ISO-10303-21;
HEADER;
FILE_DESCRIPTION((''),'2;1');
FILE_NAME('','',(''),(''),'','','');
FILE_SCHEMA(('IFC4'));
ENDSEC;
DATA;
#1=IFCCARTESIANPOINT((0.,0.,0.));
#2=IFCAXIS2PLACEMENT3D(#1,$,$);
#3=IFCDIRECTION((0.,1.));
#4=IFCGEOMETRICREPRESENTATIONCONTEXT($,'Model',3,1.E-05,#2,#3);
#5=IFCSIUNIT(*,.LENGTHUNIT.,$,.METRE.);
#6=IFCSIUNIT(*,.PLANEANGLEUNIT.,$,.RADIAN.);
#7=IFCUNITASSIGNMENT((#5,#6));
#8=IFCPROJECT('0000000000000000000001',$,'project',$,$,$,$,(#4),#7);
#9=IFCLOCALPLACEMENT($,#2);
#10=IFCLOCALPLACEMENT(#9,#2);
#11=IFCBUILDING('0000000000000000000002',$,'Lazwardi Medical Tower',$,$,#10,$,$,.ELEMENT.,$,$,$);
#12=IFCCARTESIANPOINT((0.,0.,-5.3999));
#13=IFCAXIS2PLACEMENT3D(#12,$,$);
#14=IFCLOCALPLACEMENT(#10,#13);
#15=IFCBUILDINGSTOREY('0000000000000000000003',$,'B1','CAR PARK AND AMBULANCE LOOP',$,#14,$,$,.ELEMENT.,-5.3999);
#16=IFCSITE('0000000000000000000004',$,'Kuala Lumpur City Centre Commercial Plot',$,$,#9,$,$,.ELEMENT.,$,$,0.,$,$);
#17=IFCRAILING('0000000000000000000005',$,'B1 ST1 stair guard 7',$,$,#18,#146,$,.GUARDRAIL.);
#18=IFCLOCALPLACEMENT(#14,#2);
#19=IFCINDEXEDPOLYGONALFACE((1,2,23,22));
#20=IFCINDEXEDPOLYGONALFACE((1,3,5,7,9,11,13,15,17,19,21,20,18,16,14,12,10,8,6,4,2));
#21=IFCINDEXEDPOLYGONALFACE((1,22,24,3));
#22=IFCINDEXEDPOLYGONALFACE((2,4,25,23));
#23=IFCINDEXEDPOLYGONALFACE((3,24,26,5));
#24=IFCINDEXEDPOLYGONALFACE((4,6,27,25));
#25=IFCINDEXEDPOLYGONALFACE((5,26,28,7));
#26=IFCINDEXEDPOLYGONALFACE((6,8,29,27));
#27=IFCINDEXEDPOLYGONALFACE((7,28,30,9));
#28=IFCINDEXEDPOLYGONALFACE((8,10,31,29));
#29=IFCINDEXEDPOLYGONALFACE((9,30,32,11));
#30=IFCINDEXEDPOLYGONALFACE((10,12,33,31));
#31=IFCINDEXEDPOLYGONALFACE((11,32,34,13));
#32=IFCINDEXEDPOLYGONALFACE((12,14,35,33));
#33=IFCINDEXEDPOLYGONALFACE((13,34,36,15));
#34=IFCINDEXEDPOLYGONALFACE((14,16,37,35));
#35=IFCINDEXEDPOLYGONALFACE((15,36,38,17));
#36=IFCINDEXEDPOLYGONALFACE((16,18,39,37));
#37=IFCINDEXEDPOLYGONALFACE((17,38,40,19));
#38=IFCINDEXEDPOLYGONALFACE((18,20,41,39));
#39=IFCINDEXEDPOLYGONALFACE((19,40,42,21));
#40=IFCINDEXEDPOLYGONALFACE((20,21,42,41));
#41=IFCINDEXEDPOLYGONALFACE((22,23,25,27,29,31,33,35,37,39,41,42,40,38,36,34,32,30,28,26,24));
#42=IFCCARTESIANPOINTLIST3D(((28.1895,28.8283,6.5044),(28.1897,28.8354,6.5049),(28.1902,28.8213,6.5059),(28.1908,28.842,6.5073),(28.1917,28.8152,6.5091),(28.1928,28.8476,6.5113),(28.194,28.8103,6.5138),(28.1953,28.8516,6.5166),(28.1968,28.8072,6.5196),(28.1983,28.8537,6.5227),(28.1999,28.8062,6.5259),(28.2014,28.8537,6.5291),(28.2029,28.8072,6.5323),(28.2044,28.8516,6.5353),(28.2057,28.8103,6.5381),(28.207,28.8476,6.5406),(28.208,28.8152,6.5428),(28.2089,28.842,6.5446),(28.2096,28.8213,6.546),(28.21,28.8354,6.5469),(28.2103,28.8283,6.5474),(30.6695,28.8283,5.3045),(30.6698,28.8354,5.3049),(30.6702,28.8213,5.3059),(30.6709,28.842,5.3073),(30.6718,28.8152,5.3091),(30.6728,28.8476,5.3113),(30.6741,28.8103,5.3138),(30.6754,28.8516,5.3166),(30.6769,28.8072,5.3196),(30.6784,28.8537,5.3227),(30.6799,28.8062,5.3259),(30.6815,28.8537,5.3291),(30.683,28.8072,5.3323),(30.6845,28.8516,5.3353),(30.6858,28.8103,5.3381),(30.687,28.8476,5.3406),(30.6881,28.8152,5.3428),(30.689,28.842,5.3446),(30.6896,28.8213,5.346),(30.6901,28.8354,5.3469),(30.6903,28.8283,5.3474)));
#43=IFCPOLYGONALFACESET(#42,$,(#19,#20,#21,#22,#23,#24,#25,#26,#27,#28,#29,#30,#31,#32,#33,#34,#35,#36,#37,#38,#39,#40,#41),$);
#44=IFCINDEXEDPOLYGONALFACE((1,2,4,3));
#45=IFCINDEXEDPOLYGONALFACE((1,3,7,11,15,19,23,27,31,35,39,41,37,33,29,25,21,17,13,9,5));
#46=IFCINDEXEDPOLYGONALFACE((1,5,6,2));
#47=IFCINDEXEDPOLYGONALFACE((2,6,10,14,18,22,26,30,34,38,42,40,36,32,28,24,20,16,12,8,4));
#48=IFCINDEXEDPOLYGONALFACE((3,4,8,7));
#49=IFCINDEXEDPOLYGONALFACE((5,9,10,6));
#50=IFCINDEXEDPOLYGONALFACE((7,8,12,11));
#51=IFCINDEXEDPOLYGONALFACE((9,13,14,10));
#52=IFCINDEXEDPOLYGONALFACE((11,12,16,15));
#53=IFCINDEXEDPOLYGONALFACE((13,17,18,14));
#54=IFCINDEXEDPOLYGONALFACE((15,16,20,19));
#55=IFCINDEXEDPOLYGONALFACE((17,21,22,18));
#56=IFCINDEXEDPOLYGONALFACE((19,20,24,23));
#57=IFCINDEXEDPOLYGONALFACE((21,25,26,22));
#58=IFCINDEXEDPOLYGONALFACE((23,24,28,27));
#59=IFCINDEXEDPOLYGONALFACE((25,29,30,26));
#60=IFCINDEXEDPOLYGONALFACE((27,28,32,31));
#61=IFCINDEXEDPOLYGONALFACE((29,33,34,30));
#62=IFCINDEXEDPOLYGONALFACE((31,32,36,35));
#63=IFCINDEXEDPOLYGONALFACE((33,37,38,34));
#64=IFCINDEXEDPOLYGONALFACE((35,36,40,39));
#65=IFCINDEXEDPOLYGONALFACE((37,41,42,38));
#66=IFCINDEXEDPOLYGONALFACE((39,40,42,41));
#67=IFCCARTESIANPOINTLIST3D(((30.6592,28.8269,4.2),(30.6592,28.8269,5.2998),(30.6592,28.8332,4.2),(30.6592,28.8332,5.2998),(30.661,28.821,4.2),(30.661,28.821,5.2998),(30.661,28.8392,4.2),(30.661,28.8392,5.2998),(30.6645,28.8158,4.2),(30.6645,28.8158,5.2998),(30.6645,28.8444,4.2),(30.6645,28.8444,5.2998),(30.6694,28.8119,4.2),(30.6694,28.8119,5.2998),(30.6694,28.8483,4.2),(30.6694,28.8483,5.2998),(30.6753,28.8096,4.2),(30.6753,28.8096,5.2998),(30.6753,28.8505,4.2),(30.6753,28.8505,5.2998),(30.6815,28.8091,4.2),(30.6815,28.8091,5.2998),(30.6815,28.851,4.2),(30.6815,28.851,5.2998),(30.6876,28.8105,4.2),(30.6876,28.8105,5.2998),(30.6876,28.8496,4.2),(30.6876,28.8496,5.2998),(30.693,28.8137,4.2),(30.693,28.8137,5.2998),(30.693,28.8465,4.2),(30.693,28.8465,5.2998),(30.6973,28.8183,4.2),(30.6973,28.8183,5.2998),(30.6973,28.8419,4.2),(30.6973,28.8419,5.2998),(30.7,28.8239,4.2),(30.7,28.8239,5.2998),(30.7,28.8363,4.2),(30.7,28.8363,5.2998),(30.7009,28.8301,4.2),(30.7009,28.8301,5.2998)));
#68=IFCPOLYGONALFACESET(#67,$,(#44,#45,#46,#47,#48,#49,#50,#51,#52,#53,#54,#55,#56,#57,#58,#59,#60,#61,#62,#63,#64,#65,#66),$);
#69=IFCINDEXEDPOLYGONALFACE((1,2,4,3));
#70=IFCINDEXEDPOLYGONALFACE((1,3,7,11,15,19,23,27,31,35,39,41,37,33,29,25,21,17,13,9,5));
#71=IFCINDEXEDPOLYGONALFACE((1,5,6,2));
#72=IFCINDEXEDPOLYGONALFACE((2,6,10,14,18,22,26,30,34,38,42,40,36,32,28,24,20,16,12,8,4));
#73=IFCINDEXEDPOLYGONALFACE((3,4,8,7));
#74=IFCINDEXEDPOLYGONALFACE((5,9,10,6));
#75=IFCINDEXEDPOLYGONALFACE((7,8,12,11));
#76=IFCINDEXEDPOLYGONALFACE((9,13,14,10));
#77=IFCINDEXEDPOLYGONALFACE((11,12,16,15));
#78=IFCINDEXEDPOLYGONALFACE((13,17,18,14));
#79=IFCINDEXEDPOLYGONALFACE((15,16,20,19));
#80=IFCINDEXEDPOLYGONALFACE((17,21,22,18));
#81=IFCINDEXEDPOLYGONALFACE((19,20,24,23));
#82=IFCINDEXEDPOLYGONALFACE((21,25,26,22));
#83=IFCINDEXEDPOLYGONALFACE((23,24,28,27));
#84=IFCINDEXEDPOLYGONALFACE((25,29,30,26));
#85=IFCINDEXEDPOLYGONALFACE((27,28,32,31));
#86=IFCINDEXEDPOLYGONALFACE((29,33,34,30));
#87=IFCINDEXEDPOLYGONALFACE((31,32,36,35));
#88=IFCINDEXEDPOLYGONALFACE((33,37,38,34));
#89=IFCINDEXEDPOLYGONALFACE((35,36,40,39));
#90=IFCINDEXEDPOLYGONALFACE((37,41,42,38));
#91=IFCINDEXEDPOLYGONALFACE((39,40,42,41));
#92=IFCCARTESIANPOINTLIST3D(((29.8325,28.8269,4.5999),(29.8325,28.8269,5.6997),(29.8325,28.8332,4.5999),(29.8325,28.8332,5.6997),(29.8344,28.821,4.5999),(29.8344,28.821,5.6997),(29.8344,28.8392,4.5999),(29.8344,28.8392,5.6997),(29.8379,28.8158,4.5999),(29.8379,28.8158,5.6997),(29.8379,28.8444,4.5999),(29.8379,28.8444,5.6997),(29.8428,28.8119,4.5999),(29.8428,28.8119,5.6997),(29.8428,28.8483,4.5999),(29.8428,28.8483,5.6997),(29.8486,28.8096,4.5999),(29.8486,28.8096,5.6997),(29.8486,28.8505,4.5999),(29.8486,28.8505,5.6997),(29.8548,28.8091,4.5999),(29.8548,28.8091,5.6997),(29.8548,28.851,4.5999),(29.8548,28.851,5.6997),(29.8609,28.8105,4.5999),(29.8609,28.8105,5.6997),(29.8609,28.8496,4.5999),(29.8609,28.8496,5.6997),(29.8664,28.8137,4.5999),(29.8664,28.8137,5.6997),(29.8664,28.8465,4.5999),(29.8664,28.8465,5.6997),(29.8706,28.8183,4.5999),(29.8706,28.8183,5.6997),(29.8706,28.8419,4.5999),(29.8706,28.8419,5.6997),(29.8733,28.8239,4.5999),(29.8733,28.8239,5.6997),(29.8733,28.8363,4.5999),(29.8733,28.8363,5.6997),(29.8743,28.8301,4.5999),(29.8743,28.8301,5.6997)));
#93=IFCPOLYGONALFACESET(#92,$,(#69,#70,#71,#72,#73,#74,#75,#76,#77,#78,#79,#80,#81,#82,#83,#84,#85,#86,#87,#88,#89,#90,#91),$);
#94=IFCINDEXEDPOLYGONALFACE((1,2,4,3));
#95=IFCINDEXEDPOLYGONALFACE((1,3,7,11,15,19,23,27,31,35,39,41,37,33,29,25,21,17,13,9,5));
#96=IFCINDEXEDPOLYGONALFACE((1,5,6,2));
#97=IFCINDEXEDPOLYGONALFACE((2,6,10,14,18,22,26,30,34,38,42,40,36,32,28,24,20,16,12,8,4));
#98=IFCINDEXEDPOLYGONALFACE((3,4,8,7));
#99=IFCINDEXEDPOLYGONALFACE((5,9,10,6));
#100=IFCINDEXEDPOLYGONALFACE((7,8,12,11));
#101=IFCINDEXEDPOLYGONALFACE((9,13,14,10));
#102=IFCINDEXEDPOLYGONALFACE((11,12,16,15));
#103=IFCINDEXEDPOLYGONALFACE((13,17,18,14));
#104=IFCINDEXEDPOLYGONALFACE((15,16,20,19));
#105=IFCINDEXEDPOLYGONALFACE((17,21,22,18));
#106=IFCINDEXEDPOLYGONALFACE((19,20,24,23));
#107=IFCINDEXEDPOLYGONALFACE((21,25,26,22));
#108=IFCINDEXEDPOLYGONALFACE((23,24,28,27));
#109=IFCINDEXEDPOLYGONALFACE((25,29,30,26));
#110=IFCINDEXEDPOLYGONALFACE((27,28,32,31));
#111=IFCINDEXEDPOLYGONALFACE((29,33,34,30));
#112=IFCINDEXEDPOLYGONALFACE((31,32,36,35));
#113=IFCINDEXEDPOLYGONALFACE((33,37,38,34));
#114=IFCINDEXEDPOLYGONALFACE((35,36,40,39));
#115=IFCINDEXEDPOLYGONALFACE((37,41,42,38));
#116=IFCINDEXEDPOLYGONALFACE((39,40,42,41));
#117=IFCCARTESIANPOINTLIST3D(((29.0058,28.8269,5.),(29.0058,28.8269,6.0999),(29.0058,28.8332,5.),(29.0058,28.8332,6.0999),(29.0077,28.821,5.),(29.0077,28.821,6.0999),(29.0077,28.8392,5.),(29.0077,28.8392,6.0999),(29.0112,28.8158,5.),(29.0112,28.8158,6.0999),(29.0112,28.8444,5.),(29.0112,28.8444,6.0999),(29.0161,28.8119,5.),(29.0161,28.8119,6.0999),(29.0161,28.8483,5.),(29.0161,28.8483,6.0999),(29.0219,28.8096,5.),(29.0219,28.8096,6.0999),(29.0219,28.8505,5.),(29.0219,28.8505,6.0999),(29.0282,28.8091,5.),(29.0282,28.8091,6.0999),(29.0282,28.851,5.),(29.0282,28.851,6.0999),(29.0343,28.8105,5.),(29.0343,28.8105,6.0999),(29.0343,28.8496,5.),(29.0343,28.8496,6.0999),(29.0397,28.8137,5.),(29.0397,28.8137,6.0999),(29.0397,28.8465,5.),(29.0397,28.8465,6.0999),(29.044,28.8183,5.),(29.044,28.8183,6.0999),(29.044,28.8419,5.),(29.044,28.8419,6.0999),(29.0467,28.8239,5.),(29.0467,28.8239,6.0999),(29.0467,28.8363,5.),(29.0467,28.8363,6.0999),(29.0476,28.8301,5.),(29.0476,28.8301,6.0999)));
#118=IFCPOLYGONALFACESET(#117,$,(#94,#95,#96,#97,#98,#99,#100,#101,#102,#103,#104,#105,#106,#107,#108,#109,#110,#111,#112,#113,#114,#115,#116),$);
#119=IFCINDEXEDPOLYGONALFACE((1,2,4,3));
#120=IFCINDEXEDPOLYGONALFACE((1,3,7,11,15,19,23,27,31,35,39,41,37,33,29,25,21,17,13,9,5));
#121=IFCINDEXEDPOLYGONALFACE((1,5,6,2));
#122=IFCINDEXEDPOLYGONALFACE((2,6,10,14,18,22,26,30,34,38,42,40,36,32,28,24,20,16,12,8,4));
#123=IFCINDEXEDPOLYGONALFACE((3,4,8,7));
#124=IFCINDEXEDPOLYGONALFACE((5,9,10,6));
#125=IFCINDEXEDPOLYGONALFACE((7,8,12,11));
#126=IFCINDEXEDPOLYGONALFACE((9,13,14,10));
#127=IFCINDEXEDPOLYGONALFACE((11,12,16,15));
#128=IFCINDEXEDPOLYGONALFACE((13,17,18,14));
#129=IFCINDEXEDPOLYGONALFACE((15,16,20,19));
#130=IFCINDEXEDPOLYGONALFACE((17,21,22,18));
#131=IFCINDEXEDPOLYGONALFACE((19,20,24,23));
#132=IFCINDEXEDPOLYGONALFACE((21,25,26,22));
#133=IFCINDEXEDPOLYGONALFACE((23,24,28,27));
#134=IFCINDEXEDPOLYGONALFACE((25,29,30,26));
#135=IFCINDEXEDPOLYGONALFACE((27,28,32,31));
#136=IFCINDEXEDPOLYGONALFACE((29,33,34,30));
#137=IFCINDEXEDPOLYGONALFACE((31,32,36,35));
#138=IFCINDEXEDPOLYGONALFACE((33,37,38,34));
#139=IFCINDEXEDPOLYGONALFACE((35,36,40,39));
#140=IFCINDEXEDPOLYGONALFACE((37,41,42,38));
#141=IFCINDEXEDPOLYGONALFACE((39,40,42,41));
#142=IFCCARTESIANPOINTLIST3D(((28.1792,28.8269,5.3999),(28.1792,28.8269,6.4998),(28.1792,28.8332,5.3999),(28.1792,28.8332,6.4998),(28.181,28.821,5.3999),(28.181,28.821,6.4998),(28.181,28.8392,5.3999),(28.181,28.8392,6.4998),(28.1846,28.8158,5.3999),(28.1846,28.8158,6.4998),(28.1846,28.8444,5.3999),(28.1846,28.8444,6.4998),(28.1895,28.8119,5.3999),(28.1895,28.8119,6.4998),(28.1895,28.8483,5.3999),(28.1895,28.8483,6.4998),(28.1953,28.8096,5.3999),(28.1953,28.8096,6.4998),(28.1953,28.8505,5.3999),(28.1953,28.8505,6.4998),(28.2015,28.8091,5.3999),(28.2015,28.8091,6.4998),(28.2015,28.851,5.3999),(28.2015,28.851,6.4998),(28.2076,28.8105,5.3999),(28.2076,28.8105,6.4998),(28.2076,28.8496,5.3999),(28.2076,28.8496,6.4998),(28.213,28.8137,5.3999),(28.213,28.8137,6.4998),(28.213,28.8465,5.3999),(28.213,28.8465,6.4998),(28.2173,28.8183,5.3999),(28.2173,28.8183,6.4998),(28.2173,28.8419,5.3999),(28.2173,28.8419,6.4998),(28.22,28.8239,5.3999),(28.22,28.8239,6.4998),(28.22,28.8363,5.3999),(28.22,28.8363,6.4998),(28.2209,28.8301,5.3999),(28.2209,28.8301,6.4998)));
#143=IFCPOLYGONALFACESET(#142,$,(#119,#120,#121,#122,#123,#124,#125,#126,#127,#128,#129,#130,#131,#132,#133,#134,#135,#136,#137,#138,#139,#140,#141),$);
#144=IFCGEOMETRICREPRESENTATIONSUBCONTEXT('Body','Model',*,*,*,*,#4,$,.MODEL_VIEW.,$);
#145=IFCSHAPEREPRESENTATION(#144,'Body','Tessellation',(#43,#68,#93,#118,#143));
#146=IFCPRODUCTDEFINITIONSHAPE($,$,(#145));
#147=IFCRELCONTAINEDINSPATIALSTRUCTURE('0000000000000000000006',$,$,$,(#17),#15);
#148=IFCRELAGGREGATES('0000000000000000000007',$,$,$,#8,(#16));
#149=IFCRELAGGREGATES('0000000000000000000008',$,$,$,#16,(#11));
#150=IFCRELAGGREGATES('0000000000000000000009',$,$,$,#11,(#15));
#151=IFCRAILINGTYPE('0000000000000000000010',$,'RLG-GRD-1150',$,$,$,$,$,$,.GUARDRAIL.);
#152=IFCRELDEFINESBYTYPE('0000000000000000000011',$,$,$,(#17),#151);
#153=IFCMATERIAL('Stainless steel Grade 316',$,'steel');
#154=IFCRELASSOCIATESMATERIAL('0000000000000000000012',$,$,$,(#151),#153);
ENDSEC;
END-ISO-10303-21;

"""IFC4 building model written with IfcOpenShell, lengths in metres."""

from ifc_helpers import new_model, si_unit, direction, frame, origin, origin_2d, place, context, subcontext, project, spatial, circle, extrude, material, type_object, element, save


model = new_model("IFC4")

# Units and contexts
model_context = context("Model", 3, precision=1e-05, world=origin(), true_north=direction((0.0, 1.0)))
body_context = subcontext(model_context, "Body", "Model", "MODEL_VIEW")
ifc_project = project(units=[si_unit("LENGTHUNIT", "METRE"), si_unit("PLANEANGLEUNIT", "RADIAN")], contexts=[model_context])

# Site, building, storey
site_placement = place(None, origin())
site = spatial("IfcSite", under=ifc_project, at=site_placement, Name="Kuala Lumpur City Centre Commercial Plot", CompositionType="ELEMENT", RefElevation=0.0)
building_placement = place(site_placement, origin())
building = spatial("IfcBuilding", under=site, at=building_placement, Name="Lazwardi Medical Tower", CompositionType="ELEMENT")
storey_placement = place(building_placement, frame((0.0, 0.0, -5.3999)))
storey = spatial("IfcBuildingStorey", under=building, at=storey_placement, Name="B1", Description="CAR PARK AND AMBULANCE LOOP", CompositionType="ELEMENT", Elevation=-5.3999)

# Railing
ifc_material_1 = material(Name="Stainless steel Grade 316", Category="steel")
railing_type_1 = type_object("IfcRailingType", Name="RLG-GRD-1150", PredefinedType="GUARDRAIL", material=ifc_material_1)
railing_1_placement = place(storey_placement, frame((30.6799, 28.8301, 4.2)))
element("IfcRailing", 1, at=railing_1_placement, inside=storey, type_object=railing_type_1, Name="B1 ST1 stair guard 7", PredefinedType="GUARDRAIL", context=body_context, shape_type="SweptSolid", body=[
    extrude(circle(Radius=0.0239, at=origin_2d()), frame((0.0, 0.0, 1.126), z_axis=(-0.900165, 0.0, 0.435549), x_axis=(0.0, -1.0, 0.0)), (0.0, 0.0, 1.0), 2.7551),
    extrude(circle(Radius=0.021, at=origin_2d()), origin(), (0.0, 0.0, 1.0), 1.0999),
    extrude(circle(Radius=0.021, at=origin_2d()), frame((-0.8267, 0.0, 0.3999)), (0.0, 0.0, 1.0), 1.0999),
    extrude(circle(Radius=0.021, at=origin_2d()), frame((-1.6533, 0.0, 0.8)), (0.0, 0.0, 1.0), 1.0999),
    extrude(circle(Radius=0.021, at=origin_2d()), frame((-2.48, 0.0, 1.2)), (0.0, 0.0, 1.0), 1.0999),
])

save(model, "model.ifc")
